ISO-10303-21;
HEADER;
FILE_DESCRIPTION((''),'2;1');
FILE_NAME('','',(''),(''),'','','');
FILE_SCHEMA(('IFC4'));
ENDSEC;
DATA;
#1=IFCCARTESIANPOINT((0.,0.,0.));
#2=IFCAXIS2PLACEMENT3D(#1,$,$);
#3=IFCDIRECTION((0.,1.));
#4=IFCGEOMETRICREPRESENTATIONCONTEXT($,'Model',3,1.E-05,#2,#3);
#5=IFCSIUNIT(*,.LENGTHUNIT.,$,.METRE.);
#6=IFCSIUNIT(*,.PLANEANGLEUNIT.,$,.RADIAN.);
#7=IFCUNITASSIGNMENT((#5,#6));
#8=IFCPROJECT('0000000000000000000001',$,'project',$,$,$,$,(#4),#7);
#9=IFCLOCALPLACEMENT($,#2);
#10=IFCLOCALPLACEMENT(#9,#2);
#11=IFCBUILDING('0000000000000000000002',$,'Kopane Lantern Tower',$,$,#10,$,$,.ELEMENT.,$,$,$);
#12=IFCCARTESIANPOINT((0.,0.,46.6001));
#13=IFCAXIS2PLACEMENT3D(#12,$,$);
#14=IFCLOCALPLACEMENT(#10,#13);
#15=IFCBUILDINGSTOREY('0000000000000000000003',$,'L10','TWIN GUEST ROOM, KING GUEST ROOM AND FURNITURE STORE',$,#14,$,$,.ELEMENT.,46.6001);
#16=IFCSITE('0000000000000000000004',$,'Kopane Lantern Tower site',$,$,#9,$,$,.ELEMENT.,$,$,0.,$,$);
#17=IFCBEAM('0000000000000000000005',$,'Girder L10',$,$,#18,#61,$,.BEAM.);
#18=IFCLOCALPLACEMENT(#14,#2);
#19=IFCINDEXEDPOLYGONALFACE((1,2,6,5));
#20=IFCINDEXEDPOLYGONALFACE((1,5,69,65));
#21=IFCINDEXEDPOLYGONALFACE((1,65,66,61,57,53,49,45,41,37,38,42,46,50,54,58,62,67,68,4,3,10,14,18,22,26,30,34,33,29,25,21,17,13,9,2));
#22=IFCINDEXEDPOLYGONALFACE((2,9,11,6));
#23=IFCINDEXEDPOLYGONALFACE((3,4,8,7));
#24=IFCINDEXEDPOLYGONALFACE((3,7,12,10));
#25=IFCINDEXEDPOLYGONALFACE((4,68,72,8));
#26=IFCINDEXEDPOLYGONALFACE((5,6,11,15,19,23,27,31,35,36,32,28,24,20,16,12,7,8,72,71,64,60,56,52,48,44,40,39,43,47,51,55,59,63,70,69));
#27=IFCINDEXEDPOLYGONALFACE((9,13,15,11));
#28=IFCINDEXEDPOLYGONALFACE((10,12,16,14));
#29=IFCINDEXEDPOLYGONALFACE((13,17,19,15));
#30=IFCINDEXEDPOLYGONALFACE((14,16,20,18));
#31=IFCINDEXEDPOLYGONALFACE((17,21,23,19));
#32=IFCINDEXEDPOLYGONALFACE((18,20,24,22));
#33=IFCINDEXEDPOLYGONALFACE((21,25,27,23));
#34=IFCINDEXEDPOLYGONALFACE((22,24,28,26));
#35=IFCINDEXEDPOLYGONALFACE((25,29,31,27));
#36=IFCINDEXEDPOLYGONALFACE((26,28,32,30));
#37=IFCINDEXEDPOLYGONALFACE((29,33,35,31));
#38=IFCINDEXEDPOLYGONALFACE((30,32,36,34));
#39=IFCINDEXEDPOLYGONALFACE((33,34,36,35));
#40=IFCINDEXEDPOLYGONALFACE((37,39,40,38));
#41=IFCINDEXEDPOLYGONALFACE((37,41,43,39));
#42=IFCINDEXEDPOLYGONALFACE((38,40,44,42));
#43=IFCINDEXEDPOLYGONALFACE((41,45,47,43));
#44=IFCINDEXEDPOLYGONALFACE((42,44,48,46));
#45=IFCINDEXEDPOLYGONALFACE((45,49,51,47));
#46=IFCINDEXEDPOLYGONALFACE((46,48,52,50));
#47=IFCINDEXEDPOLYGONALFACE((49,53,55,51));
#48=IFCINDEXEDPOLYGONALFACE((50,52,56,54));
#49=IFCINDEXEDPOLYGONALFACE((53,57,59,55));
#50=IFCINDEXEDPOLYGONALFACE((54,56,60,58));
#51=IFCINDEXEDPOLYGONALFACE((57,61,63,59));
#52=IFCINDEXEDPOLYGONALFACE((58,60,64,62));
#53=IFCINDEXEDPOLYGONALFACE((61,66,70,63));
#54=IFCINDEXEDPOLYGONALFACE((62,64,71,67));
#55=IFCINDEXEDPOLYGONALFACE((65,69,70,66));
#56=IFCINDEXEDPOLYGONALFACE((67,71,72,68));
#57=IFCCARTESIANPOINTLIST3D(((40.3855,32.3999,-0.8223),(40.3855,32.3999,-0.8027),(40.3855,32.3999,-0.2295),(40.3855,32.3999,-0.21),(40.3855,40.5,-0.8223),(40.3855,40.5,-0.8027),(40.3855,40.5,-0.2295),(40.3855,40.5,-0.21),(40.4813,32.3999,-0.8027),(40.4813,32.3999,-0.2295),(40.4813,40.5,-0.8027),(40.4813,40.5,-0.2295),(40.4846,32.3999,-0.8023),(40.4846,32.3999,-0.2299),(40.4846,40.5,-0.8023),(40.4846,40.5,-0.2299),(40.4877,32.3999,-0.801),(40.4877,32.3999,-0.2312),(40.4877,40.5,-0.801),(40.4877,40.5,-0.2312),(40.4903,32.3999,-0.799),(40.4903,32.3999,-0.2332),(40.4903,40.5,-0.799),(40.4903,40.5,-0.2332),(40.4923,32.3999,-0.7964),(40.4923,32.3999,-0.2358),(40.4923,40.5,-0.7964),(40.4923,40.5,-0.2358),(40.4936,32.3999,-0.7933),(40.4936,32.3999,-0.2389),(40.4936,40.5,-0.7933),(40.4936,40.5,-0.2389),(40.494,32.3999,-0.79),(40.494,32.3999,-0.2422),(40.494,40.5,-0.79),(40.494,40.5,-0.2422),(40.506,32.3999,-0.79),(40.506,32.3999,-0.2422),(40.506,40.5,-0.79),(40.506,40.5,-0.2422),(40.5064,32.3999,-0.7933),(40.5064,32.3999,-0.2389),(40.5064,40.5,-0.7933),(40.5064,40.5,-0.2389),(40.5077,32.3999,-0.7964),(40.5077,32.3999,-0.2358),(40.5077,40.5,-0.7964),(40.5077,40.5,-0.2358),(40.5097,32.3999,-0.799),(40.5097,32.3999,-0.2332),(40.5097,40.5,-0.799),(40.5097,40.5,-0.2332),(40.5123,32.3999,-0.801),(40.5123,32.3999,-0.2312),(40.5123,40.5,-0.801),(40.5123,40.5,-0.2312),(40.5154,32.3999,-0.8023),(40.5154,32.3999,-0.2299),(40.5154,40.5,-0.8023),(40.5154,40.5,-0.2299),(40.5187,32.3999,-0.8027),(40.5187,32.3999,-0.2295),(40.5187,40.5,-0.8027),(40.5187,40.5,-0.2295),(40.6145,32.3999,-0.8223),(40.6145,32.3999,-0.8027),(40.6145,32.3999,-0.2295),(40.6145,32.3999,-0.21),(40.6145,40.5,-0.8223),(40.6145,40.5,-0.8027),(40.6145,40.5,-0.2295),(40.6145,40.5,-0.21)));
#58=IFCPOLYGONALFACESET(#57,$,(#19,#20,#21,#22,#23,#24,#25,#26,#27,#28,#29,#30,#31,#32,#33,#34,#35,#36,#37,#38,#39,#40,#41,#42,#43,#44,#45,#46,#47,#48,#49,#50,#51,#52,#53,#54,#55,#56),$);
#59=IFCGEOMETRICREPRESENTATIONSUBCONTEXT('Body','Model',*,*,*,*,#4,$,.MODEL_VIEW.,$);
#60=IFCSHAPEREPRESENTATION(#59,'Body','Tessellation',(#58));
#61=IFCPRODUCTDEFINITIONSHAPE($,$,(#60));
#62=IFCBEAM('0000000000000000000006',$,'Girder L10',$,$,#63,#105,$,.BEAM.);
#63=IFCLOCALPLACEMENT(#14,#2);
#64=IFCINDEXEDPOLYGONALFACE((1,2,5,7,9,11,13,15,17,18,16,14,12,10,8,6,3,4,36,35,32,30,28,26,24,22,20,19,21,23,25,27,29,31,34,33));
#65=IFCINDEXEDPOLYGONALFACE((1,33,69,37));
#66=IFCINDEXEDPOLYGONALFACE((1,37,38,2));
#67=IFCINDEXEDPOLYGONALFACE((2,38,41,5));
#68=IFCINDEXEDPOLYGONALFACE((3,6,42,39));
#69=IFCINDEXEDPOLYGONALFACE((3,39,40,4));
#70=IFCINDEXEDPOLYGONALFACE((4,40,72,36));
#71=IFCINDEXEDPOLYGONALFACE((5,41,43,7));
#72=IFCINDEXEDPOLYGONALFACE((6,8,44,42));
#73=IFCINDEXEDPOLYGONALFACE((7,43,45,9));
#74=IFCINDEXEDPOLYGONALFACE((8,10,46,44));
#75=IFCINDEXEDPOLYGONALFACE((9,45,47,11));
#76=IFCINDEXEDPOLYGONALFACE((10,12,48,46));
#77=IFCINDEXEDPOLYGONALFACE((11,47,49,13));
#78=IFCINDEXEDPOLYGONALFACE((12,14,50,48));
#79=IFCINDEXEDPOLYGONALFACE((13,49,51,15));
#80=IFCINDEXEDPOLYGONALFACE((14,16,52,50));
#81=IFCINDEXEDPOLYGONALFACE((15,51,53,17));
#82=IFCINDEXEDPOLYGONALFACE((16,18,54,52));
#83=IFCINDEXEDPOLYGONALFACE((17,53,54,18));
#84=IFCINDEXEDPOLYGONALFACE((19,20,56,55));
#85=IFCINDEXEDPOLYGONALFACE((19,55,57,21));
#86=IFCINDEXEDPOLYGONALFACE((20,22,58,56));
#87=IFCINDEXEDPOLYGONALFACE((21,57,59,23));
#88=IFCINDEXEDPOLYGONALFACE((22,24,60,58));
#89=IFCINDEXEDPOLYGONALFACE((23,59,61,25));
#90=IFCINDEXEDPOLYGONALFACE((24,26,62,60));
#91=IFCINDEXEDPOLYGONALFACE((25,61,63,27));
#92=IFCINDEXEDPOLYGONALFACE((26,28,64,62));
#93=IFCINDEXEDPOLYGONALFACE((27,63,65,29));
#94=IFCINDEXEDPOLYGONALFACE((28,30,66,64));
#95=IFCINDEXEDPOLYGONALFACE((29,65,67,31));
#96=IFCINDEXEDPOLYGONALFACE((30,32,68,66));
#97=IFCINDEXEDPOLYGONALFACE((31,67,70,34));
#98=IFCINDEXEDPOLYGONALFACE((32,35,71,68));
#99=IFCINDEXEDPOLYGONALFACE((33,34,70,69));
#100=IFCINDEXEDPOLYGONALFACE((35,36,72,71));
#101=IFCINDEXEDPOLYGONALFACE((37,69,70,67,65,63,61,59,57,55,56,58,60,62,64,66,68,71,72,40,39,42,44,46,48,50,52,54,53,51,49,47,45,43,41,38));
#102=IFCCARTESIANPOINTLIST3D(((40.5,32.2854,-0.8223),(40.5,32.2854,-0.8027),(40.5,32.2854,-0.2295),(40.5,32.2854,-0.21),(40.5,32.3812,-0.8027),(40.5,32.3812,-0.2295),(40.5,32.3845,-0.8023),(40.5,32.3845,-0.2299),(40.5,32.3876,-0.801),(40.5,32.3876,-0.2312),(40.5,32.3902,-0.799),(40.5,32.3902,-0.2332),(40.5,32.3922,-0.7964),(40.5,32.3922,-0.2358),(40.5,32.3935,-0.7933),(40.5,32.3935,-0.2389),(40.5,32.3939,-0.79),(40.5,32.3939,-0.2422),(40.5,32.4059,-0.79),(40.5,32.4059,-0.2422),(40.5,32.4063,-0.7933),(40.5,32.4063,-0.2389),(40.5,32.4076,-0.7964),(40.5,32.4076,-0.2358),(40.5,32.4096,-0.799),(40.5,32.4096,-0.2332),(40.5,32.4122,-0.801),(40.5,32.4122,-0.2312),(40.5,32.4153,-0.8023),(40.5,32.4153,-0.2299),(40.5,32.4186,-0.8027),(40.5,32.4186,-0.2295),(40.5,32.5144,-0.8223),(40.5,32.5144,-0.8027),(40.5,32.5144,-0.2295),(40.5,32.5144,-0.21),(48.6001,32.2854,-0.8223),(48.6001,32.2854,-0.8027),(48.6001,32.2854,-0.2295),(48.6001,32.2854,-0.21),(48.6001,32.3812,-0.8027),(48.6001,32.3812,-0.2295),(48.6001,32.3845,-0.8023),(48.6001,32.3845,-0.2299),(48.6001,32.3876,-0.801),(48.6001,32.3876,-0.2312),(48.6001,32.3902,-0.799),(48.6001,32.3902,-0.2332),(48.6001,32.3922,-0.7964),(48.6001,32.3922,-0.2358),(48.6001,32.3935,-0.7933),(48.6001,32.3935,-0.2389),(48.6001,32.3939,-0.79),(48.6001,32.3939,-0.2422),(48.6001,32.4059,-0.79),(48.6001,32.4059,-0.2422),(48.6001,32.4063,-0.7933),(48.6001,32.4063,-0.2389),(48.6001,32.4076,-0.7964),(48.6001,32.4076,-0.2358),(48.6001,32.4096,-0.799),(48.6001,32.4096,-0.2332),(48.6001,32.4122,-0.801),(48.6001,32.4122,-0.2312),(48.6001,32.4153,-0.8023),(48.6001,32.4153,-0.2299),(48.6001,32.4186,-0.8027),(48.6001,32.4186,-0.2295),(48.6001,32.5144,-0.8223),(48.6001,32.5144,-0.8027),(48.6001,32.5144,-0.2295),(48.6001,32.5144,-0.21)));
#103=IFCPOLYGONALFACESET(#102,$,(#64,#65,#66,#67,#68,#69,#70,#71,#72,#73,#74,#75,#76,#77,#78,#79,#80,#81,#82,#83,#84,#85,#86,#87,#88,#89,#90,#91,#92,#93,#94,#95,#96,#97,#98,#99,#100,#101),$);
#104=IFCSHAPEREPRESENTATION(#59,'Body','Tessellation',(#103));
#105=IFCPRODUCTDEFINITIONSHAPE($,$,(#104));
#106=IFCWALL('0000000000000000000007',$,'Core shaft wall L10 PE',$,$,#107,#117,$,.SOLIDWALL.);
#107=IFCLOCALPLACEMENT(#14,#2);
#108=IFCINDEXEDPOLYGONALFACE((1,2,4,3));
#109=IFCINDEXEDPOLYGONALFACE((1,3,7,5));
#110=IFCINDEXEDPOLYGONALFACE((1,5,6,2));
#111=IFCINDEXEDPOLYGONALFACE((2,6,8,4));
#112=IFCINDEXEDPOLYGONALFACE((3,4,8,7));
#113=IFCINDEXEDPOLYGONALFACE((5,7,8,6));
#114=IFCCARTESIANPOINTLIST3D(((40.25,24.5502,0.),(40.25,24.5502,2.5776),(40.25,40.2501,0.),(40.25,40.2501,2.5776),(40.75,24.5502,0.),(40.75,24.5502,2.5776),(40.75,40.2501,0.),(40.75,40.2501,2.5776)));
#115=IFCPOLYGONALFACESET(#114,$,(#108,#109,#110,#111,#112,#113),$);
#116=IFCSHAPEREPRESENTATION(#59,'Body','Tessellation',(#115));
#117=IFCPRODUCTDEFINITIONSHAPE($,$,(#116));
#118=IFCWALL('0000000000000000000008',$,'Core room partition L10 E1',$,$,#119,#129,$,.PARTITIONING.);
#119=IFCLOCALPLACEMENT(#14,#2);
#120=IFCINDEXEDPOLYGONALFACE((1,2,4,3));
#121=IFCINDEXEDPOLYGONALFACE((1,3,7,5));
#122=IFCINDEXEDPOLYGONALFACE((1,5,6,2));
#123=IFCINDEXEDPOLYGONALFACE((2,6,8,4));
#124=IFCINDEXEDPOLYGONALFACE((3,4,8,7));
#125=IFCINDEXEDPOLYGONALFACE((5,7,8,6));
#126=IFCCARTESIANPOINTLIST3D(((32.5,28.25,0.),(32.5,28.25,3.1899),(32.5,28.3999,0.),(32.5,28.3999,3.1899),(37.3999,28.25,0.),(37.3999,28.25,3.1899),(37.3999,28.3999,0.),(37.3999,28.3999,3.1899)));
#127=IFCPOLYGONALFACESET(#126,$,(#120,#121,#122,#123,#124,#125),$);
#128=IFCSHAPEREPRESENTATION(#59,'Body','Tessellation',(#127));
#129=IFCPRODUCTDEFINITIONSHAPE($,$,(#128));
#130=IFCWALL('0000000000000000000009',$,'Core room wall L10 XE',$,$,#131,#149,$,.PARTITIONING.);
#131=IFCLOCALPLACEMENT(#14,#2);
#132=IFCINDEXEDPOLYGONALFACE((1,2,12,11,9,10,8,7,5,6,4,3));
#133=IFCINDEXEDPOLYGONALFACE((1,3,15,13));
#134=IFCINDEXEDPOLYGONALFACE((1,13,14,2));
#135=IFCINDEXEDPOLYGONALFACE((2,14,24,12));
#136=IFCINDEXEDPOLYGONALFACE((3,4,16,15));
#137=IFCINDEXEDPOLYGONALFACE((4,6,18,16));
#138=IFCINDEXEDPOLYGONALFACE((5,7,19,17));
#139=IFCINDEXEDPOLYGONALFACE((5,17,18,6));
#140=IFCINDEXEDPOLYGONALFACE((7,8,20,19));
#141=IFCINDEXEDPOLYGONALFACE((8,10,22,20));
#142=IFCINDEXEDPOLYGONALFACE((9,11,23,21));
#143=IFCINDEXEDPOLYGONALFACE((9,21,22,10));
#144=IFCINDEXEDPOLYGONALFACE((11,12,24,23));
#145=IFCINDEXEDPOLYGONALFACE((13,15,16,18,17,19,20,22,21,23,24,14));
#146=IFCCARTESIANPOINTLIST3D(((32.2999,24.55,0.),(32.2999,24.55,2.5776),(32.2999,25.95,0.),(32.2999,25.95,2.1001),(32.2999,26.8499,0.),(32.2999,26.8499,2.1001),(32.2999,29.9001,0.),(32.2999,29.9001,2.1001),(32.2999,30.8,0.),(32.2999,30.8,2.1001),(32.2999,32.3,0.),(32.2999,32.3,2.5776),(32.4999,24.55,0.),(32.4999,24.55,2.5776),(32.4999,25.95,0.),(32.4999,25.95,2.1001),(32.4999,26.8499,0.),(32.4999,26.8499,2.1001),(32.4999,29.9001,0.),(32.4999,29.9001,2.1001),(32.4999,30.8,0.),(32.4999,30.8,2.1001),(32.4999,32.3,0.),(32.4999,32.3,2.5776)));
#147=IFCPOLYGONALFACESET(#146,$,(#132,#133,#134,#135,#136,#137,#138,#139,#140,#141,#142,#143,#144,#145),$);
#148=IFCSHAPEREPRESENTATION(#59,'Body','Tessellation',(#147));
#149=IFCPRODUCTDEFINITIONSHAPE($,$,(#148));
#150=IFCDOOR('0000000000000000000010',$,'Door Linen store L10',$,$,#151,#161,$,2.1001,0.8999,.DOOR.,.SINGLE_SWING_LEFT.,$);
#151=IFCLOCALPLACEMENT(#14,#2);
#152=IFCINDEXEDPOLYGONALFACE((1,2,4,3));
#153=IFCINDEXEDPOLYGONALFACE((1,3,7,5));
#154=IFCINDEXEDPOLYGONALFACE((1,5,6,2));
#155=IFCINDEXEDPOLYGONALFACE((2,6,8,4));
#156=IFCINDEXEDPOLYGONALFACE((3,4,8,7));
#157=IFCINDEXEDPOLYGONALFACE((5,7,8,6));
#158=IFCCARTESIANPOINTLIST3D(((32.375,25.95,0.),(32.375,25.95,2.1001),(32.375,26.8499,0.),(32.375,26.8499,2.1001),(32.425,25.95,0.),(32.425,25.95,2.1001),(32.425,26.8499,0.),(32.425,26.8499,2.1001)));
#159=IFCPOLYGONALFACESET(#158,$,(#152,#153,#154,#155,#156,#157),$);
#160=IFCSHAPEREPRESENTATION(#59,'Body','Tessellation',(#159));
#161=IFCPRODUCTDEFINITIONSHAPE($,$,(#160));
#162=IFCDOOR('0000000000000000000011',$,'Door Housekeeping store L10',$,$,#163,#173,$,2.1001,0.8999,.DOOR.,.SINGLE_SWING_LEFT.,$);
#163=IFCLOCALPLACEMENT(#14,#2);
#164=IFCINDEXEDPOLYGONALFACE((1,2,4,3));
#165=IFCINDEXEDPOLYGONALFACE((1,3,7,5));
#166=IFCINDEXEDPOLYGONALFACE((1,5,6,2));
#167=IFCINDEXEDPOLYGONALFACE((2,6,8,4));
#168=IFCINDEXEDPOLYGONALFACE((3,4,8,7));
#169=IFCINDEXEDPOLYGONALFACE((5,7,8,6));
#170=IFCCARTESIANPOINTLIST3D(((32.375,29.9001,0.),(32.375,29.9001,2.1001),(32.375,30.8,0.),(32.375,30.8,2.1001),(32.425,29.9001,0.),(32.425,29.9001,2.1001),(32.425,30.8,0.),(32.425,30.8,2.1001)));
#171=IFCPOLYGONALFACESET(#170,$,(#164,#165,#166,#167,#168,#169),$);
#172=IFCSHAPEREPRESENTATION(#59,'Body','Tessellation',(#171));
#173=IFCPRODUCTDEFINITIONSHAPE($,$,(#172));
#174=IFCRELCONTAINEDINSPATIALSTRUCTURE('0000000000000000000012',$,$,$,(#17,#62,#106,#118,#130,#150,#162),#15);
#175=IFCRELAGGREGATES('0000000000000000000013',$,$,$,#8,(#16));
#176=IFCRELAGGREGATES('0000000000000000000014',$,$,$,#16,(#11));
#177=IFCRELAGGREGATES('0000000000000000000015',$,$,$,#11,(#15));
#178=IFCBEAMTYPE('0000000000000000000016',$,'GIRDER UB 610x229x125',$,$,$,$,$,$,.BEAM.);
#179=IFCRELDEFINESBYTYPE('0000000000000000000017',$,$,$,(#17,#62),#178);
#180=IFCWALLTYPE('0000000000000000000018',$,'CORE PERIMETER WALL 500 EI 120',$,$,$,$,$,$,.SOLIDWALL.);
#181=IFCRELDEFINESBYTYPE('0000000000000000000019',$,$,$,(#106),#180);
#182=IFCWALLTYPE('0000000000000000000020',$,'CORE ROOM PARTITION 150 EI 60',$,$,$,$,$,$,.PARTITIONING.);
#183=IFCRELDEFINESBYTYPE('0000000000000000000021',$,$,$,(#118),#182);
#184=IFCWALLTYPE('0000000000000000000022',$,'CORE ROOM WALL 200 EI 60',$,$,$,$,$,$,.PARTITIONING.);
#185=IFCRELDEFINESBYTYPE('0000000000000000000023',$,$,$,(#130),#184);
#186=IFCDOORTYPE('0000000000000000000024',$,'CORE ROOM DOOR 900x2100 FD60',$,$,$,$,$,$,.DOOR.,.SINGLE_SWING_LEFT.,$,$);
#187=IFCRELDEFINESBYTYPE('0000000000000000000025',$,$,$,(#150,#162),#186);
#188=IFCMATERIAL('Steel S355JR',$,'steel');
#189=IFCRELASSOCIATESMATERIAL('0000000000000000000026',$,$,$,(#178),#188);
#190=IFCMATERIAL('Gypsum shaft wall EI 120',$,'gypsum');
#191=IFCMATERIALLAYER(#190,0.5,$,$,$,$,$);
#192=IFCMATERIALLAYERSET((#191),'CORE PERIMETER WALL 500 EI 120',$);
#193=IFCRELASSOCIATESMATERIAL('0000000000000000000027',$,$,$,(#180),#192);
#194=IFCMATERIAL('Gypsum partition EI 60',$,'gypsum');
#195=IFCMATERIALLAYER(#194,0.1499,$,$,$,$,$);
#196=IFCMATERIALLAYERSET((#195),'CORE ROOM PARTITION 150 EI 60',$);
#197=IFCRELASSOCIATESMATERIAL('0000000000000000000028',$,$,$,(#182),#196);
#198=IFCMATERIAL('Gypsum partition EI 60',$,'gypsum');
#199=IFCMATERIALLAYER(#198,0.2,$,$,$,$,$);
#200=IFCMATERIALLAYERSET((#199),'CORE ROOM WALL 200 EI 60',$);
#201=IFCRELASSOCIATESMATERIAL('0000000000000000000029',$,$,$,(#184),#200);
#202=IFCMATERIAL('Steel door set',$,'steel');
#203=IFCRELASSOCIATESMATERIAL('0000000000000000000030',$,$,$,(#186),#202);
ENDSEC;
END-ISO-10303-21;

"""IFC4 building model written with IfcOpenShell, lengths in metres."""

from ifc_helpers import new_model, si_unit, direction, frame, frame_2d, origin, origin_2d, place, context, subcontext, project, spatial, rectangle, i_section, extrude, material, layer, layer_set, material_profile, profile_set, type_object, element, fill, save


model = new_model("IFC4")

# Units and contexts
model_context = context("Model", 3, precision=1e-05, world=origin(), true_north=direction((0.0, 1.0)))
body_context = subcontext(model_context, "Body", "Model", "MODEL_VIEW")
ifc_project = project(units=[si_unit("LENGTHUNIT", "METRE"), si_unit("PLANEANGLEUNIT", "RADIAN")], contexts=[model_context])

# Site, building, storey
site_placement = place(None, origin())
site = spatial("IfcSite", under=ifc_project, at=site_placement, Name="Kopane Lantern Tower site", CompositionType="ELEMENT", RefElevation=0.0)
building_placement = place(site_placement, origin())
building = spatial("IfcBuilding", under=site, at=building_placement, Name="Kopane Lantern Tower", CompositionType="ELEMENT")
storey_placement = place(building_placement, frame((0.0, 0.0, 46.6001)))
storey = spatial("IfcBuildingStorey", under=building, at=storey_placement, Name="L10", Description="TWIN GUEST ROOM, KING GUEST ROOM AND FURNITURE STORE", CompositionType="ELEMENT", Elevation=46.6001)

# Beams
ifc_material_1 = material(Name="Steel S355JR", Category="steel")
ifc_material_profile_1 = material_profile(ifc_material_1, i_section(OverallWidth=0.229, OverallDepth=0.6123, WebThickness=0.012, FlangeThickness=0.0195, FilletRadius=0.0127, at=origin_2d()), Name="UB 610x229x125")
ifc_profile_set_1 = profile_set([ifc_material_profile_1], Name="Steel S355JR")
beam_type_1 = type_object("IfcBeamType", Name="GIRDER UB 610x229x125", PredefinedType="BEAM", material=ifc_profile_set_1)
for number, where, z_axis, x_axis, name in (
    (1, (40.5, 32.3999, -0.5161), (0.0, 1.0, 0.0), (-1.0, 0.0, 0.0), "Girder L10"),
    (2, (40.5, 32.3999, -0.5161), (1.0, 0.0, 0.0), (0.0, 1.0, 0.0), "Girder L10"),
):
    element("IfcBeam", number, at=place(storey_placement, frame(where, z_axis=z_axis, x_axis=x_axis)), inside=storey, type_object=beam_type_1, Name=name, PredefinedType="BEAM", context=body_context, shape_type="SweptSolid", body=[
        extrude(i_section(OverallWidth=0.229, OverallDepth=0.6123, WebThickness=0.012, FlangeThickness=0.0195, FilletRadius=0.0127, at=origin_2d()), origin(), (0.0, 0.0, 1.0), 8.1001),
    ])

# Walls
ifc_material_2 = material(Name="Gypsum shaft wall EI 120", Category="gypsum")
ifc_layer_1 = layer(ifc_material_2, 0.5)
ifc_layer_set_1 = layer_set([ifc_layer_1], Name="CORE PERIMETER WALL 500 EI 120")
wall_type_1 = type_object("IfcWallType", Name="CORE PERIMETER WALL 500 EI 120", PredefinedType="SOLIDWALL", material=ifc_layer_set_1)
wall_1_placement = place(storey_placement, frame((40.5, 24.55, 0.0), z_axis=(0.0, 0.0, 1.0), x_axis=(0.0, 1.0, 0.0)))
element("IfcWall", 3, at=wall_1_placement, inside=storey, type_object=wall_type_1, Name="Core shaft wall L10 PE", PredefinedType="SOLIDWALL", context=body_context, shape_type="SweptSolid", body=[
    extrude(rectangle(XDim=15.7, YDim=0.5, at=frame_2d((7.8501, 0.0))), origin(), (0.0, 0.0, 1.0), 2.5776),
])
ifc_material_3 = material(Name="Gypsum partition EI 60", Category="gypsum")
ifc_layer_2 = layer(ifc_material_3, 0.1499)
ifc_layer_set_2 = layer_set([ifc_layer_2], Name="CORE ROOM PARTITION 150 EI 60")
wall_type_2 = type_object("IfcWallType", Name="CORE ROOM PARTITION 150 EI 60", PredefinedType="PARTITIONING", material=ifc_layer_set_2)
wall_2_placement = place(storey_placement, frame((32.5, 28.325, 0.0), z_axis=(0.0, 0.0, 1.0), x_axis=(1.0, 0.0, 0.0)))
element("IfcWall", 4, at=wall_2_placement, inside=storey, type_object=wall_type_2, Name="Core room partition L10 E1", PredefinedType="PARTITIONING", context=body_context, shape_type="SweptSolid", body=[
    extrude(rectangle(XDim=4.8999, YDim=0.1499, at=frame_2d((2.45, 0.0))), origin(), (0.0, 0.0, 1.0), 3.1899),
])

# Wall, openings, doors
ifc_material_4 = material(Name="Gypsum partition EI 60", Category="gypsum")
ifc_layer_3 = layer(ifc_material_4, 0.2)
ifc_layer_set_3 = layer_set([ifc_layer_3], Name="CORE ROOM WALL 200 EI 60")
wall_type_3 = type_object("IfcWallType", Name="CORE ROOM WALL 200 EI 60", PredefinedType="PARTITIONING", material=ifc_layer_set_3)
wall_3_placement = place(storey_placement, frame((32.3999, 24.55, 0.0), z_axis=(0.0, 0.0, 1.0), x_axis=(0.0, 1.0, 0.0)))
wall_3 = element("IfcWall", 5, at=wall_3_placement, inside=storey, type_object=wall_type_3, Name="Core room wall L10 XE", PredefinedType="PARTITIONING", context=body_context, shape_type="SweptSolid", body=[
    extrude(rectangle(XDim=7.75, YDim=0.2, at=frame_2d((3.875, 0.0))), origin(), (0.0, 0.0, 1.0), 2.5776),
])
opening_1_placement = place(wall_3_placement, frame((1.3999, 0.0, 0.0)))
opening_1 = element("IfcOpeningElement", 6, at=opening_1_placement, cuts=wall_3, PredefinedType="OPENING", context=body_context, shape_type="SweptSolid", body=[
    extrude(rectangle(XDim=0.8999, YDim=2.1001, at=frame_2d((0.45, 1.05))), frame((0.0, 0.1099, 0.0), z_axis=(0.0, -1.0, 0.0), x_axis=(1.0, 0.0, 0.0)), (0.0, 0.0, 1.0), 0.22),
])
opening_2_placement = place(wall_3_placement, frame((5.3501, 0.0, 0.0)))
opening_2 = element("IfcOpeningElement", 7, at=opening_2_placement, cuts=wall_3, PredefinedType="OPENING", context=body_context, shape_type="SweptSolid", body=[
    extrude(rectangle(XDim=0.8999, YDim=2.1001, at=frame_2d((0.45, 1.05))), frame((0.0, 0.1099, 0.0), z_axis=(0.0, -1.0, 0.0), x_axis=(1.0, 0.0, 0.0)), (0.0, 0.0, 1.0), 0.22),
])
ifc_material_5 = material(Name="Steel door set", Category="steel")
door_type_1 = type_object("IfcDoorType", Name="CORE ROOM DOOR 900x2100 FD60", OperationType="SINGLE_SWING_LEFT", PredefinedType="DOOR", material=ifc_material_5)
door_1_placement = place(opening_1_placement, origin())
door_1 = element("IfcDoor", 8, at=door_1_placement, inside=storey, type_object=door_type_1, Name="Door Linen store L10", OperationType="SINGLE_SWING_LEFT", OverallHeight=2.1001, OverallWidth=0.8999, PredefinedType="DOOR", context=body_context, shape_type="SweptSolid", body=[
    extrude(rectangle(XDim=0.8999, YDim=2.1001, at=frame_2d((0.45, 1.05))), frame((0.0, 0.0249, 0.0), z_axis=(0.0, -1.0, 0.0), x_axis=(1.0, 0.0, 0.0)), (0.0, 0.0, 1.0), 0.05),
])
fill(opening_1, door_1)
door_2_placement = place(opening_2_placement, origin())
door_2 = element("IfcDoor", 9, at=door_2_placement, inside=storey, type_object=door_type_1, Name="Door Housekeeping store L10", OperationType="SINGLE_SWING_LEFT", OverallHeight=2.1001, OverallWidth=0.8999, PredefinedType="DOOR", context=body_context, shape_type="SweptSolid", body=[
    extrude(rectangle(XDim=0.8999, YDim=2.1001, at=frame_2d((0.45, 1.05))), frame((0.0, 0.0249, 0.0), z_axis=(0.0, -1.0, 0.0), x_axis=(1.0, 0.0, 0.0)), (0.0, 0.0, 1.0), 0.05),
])
fill(opening_2, door_2)

save(model, "model.ifc")
